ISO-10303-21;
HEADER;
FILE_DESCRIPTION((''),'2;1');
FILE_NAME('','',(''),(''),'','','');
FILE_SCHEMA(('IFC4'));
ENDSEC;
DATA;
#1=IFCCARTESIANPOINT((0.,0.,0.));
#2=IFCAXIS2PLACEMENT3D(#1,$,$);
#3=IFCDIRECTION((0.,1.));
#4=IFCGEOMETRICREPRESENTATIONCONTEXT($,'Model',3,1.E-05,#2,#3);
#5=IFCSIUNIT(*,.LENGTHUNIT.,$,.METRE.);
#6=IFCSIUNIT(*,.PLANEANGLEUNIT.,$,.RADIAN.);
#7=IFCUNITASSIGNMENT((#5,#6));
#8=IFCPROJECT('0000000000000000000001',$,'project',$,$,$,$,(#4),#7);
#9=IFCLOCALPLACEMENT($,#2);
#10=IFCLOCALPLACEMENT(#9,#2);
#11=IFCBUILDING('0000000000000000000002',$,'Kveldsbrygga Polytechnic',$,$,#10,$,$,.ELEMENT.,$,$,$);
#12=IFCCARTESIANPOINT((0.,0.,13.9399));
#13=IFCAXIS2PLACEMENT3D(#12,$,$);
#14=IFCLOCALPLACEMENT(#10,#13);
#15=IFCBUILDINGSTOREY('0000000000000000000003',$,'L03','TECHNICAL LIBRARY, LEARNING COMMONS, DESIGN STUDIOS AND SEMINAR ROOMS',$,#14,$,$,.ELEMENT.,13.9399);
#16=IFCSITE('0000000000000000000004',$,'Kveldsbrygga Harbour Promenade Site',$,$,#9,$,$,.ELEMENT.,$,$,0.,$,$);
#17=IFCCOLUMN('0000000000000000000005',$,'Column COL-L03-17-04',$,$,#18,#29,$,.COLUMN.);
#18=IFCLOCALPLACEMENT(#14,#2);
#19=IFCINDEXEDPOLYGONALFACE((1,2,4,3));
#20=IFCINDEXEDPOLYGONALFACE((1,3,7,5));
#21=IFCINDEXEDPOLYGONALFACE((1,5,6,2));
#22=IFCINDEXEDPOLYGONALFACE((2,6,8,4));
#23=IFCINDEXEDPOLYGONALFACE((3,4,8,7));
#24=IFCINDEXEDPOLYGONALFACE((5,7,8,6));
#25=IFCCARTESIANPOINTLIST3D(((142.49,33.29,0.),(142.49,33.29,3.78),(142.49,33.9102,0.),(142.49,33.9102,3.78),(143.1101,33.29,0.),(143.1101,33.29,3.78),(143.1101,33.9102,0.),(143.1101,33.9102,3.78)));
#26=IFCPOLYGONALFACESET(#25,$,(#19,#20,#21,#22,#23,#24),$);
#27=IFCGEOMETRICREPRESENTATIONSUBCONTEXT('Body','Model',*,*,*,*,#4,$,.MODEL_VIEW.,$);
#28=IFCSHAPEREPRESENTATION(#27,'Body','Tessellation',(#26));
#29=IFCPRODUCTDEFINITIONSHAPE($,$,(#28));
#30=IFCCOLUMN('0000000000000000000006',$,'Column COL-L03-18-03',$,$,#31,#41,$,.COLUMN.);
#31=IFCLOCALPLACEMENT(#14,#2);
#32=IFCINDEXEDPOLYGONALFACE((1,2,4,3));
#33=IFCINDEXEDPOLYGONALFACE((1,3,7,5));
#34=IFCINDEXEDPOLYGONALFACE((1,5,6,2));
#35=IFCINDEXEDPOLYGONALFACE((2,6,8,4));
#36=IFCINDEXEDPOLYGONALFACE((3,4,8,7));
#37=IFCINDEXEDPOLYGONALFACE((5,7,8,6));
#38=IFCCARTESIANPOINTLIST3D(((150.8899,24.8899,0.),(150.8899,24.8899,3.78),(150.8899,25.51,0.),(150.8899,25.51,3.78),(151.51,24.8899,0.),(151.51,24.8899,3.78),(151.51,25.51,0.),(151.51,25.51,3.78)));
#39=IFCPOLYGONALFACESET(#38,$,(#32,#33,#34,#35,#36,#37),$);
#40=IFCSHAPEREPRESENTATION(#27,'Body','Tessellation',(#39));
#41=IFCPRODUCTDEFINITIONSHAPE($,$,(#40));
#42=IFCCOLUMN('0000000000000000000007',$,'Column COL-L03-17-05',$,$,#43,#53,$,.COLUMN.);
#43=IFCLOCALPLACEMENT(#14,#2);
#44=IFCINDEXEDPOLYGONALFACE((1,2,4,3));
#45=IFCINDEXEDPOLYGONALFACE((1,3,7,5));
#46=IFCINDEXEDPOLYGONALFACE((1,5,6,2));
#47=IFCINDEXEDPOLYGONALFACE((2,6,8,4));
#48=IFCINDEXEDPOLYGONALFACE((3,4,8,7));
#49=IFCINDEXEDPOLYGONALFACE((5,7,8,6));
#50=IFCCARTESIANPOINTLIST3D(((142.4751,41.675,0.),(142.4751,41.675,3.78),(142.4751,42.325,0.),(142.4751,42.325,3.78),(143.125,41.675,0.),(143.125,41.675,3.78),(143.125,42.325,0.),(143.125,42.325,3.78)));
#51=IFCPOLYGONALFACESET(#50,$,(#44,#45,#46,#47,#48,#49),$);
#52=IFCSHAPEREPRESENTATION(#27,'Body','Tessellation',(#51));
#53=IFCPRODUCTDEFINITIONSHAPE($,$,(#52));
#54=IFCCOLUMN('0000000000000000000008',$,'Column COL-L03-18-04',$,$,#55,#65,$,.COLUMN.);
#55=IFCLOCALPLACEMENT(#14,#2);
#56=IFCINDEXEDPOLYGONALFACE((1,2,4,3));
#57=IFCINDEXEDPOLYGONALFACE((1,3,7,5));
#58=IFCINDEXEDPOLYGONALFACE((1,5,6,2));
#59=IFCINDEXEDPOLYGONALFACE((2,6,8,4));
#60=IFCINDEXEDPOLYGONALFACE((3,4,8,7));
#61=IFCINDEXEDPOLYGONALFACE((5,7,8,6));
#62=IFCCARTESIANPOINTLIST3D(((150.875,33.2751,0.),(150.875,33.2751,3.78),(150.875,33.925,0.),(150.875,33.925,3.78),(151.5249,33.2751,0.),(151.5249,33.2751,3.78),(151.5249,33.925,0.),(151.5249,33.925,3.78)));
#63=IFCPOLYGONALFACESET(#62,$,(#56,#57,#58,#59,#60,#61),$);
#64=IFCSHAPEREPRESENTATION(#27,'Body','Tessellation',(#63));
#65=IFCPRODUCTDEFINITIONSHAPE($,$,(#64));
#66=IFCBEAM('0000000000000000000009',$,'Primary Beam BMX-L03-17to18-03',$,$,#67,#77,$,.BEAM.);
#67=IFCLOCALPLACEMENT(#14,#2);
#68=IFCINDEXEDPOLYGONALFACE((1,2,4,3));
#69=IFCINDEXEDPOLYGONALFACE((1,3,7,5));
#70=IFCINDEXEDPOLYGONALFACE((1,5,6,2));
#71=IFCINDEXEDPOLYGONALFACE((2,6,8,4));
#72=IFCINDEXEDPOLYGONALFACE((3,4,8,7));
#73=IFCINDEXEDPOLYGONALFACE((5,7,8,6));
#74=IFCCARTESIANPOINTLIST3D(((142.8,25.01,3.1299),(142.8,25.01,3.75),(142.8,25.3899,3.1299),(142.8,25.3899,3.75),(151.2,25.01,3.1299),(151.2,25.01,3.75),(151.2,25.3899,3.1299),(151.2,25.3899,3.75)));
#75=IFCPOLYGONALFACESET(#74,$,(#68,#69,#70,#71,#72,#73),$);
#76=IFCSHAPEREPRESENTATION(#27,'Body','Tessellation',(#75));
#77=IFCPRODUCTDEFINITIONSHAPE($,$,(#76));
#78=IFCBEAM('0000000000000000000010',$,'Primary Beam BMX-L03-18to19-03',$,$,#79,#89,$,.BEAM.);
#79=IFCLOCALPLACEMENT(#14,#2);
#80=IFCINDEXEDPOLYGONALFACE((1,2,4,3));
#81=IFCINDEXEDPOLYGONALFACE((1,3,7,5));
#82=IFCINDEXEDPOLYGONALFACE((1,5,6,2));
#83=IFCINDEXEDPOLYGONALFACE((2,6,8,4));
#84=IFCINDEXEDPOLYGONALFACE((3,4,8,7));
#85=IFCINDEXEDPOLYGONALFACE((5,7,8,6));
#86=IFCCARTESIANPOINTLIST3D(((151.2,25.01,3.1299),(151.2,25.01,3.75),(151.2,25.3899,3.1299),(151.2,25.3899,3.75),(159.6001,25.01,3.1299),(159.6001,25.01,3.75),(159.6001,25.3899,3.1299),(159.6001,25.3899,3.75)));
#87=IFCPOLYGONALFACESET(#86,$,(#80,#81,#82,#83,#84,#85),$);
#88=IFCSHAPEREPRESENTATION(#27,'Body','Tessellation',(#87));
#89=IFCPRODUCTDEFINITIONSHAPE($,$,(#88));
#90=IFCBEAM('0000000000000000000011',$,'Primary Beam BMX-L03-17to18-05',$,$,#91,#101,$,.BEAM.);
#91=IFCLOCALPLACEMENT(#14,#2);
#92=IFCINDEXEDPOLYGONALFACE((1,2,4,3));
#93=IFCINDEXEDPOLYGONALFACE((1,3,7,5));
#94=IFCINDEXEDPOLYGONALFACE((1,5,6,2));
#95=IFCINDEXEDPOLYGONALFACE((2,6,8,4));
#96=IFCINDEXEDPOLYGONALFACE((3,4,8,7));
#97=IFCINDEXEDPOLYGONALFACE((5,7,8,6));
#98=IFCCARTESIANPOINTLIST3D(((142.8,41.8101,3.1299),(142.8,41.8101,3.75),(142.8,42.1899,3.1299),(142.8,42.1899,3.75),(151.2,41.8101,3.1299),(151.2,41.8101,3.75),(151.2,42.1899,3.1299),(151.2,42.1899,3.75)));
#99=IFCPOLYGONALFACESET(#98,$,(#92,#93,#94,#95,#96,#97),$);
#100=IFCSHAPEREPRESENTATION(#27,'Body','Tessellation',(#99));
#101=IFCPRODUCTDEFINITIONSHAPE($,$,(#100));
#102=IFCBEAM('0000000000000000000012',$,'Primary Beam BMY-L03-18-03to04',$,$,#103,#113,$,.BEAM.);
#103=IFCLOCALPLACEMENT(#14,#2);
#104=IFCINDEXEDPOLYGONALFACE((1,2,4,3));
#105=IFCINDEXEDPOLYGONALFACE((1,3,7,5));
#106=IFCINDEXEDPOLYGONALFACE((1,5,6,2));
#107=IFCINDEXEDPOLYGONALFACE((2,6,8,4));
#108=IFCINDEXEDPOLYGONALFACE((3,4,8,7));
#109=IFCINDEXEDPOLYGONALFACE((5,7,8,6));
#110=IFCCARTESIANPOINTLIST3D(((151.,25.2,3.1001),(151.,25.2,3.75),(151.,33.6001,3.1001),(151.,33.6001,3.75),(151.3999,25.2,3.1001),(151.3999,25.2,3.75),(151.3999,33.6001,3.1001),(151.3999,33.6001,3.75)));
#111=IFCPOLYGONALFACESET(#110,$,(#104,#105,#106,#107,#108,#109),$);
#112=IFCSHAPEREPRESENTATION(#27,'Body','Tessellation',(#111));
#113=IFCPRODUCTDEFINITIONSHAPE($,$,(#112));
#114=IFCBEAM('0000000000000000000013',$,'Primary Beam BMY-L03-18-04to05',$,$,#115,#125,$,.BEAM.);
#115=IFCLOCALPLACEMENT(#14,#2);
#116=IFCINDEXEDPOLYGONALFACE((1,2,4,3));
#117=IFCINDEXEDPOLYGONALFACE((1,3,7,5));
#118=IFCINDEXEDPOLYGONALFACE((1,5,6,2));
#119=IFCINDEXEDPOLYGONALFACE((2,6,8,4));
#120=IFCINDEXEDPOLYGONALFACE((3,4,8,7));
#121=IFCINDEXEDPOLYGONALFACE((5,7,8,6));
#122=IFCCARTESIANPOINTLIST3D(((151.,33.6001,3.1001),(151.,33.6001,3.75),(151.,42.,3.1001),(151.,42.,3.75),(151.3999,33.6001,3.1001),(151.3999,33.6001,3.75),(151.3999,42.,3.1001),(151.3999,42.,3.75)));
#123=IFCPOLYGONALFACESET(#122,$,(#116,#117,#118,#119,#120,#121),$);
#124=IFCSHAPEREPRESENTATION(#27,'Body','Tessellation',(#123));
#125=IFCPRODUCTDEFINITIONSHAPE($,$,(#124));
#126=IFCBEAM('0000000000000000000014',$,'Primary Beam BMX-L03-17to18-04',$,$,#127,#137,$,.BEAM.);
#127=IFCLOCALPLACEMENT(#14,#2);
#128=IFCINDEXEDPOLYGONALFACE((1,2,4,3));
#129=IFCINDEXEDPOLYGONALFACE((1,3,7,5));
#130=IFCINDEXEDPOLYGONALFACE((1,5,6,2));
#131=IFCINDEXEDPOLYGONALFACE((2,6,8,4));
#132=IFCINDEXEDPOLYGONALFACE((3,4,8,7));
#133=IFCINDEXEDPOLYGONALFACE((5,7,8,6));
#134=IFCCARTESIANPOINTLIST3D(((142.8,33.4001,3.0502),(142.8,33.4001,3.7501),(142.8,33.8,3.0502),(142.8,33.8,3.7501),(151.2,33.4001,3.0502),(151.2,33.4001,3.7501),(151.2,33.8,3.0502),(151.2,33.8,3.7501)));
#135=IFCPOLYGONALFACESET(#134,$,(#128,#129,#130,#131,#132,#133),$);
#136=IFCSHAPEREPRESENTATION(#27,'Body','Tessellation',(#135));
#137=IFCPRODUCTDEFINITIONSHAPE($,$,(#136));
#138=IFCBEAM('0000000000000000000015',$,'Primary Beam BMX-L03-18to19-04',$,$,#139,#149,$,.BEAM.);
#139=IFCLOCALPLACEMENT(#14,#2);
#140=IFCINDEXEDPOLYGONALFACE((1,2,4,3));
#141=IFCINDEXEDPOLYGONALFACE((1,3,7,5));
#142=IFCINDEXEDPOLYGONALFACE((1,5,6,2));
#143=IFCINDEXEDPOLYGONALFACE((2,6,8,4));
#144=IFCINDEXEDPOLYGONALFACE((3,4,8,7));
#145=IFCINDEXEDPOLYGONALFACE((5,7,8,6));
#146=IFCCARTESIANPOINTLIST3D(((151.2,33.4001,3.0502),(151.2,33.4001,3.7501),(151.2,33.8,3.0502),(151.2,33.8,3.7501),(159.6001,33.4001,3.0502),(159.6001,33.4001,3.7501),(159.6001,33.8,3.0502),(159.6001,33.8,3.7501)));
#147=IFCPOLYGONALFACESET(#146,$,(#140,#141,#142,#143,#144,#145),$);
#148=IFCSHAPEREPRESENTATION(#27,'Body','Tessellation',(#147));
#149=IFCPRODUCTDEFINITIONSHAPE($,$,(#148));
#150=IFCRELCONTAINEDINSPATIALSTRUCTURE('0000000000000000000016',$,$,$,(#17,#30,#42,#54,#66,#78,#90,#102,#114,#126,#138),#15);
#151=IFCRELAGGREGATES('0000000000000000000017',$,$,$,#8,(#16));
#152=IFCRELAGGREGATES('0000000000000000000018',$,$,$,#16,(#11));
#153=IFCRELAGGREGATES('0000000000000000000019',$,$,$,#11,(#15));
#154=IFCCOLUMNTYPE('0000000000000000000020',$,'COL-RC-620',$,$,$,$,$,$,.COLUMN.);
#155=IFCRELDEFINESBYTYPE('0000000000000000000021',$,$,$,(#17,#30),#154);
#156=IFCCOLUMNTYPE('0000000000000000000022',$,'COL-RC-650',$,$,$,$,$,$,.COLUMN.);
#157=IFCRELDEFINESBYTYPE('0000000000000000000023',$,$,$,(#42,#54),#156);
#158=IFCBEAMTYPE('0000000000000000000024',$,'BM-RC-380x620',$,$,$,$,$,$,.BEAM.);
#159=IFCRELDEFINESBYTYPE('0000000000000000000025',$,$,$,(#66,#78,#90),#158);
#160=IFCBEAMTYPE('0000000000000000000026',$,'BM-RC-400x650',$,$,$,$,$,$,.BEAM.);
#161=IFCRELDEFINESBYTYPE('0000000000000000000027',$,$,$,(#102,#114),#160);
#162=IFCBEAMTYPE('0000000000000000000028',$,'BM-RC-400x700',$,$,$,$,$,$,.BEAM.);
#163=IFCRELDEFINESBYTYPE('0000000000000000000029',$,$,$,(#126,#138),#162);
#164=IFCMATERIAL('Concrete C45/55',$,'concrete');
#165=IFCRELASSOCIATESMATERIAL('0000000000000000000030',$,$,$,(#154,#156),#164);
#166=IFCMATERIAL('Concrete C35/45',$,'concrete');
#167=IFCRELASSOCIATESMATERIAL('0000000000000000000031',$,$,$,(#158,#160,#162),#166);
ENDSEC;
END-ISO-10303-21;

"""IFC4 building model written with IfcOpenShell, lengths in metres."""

from ifc_helpers import new_model, si_unit, direction, frame, origin, origin_2d, place, context, subcontext, project, spatial, rectangle, extrude, material, material_profile, profile_set, type_object, element, save


model = new_model("IFC4")

# Units and contexts
model_context = context("Model", 3, precision=1e-05, world=origin(), true_north=direction((0.0, 1.0)))
body_context = subcontext(model_context, "Body", "Model", "MODEL_VIEW")
ifc_project = project(units=[si_unit("LENGTHUNIT", "METRE"), si_unit("PLANEANGLEUNIT", "RADIAN")], contexts=[model_context])

# Site, building, storey
site_placement = place(None, origin())
site = spatial("IfcSite", under=ifc_project, at=site_placement, Name="Kveldsbrygga Harbour Promenade Site", CompositionType="ELEMENT", RefElevation=0.0)
building_placement = place(site_placement, origin())
building = spatial("IfcBuilding", under=site, at=building_placement, Name="Kveldsbrygga Polytechnic", CompositionType="ELEMENT")
storey_placement = place(building_placement, frame((0.0, 0.0, 13.9399)))
storey = spatial("IfcBuildingStorey", under=building, at=storey_placement, Name="L03", Description="TECHNICAL LIBRARY, LEARNING COMMONS, DESIGN STUDIOS AND SEMINAR ROOMS", CompositionType="ELEMENT", Elevation=13.9399)

# Columns
ifc_material_1 = material(Name="Concrete C45/55", Category="concrete")
ifc_material_profile_1 = material_profile(ifc_material_1, rectangle(XDim=0.6201, YDim=0.6201, at=origin_2d()), Name="RC 620x620")
ifc_profile_set_1 = profile_set([ifc_material_profile_1], Name="Concrete C45/55")
column_type_1 = type_object("IfcColumnType", Name="COL-RC-620", PredefinedType="COLUMN", material=ifc_profile_set_1)
for number, where, z_axis, x_axis, name in (
    (1, (142.8, 33.6001, 0.0), (0.0, 0.0, 1.0), (1.0, 0.0, 0.0), "Column COL-L03-17-04"),
    (2, (151.2, 25.2, 0.0), (0.0, 0.0, 1.0), (1.0, 0.0, 0.0), "Column COL-L03-18-03"),
):
    element("IfcColumn", number, at=place(storey_placement, frame(where, z_axis=z_axis, x_axis=x_axis)), inside=storey, type_object=column_type_1, Name=name, PredefinedType="COLUMN", context=body_context, shape_type="SweptSolid", body=[
        extrude(rectangle(XDim=0.6201, YDim=0.6201, at=origin_2d()), origin(), (0.0, 0.0, 1.0), 3.78),
    ])
ifc_material_profile_2 = material_profile(ifc_material_1, rectangle(XDim=0.6499, YDim=0.6499, at=origin_2d()), Name="RC 650x650")
ifc_profile_set_2 = profile_set([ifc_material_profile_2], Name="Concrete C45/55")
column_type_2 = type_object("IfcColumnType", Name="COL-RC-650", PredefinedType="COLUMN", material=ifc_profile_set_2)
for number, where, z_axis, x_axis, name in (
    (3, (142.8, 42.0, 0.0), (0.0, 0.0, 1.0), (1.0, 0.0, 0.0), "Column COL-L03-17-05"),
    (4, (151.2, 33.6001, 0.0), (0.0, 0.0, 1.0), (1.0, 0.0, 0.0), "Column COL-L03-18-04"),
):
    element("IfcColumn", number, at=place(storey_placement, frame(where, z_axis=z_axis, x_axis=x_axis)), inside=storey, type_object=column_type_2, Name=name, PredefinedType="COLUMN", context=body_context, shape_type="SweptSolid", body=[
        extrude(rectangle(XDim=0.6499, YDim=0.6499, at=origin_2d()), origin(), (0.0, 0.0, 1.0), 3.78),
    ])

# Beams
ifc_material_2 = material(Name="Concrete C35/45", Category="concrete")
ifc_material_profile_3 = material_profile(ifc_material_2, rectangle(XDim=0.3799, YDim=0.6201, at=origin_2d()), Name="RC 380x620")
ifc_profile_set_3 = profile_set([ifc_material_profile_3], Name="Concrete C35/45")
beam_type_1 = type_object("IfcBeamType", Name="BM-RC-380x620", PredefinedType="BEAM", material=ifc_profile_set_3)
beam_1_placement = place(storey_placement, frame((142.8, 25.2, 3.4399), z_axis=(1.0, 0.0, 0.0), x_axis=(0.0, 1.0, 0.0)))
element("IfcBeam", 5, at=beam_1_placement, inside=storey, type_object=beam_type_1, Name="Primary Beam BMX-L03-17to18-03", PredefinedType="BEAM", context=body_context, shape_type="SweptSolid", body=[
    extrude(rectangle(XDim=0.3799, YDim=0.6201, at=origin_2d()), origin(), (0.0, 0.0, 1.0), 8.3999),
])
beam_2_placement = place(storey_placement, frame((151.2, 25.2, 3.4399), z_axis=(1.0, 0.0, 0.0), x_axis=(0.0, 1.0, 0.0)))
element("IfcBeam", 6, at=beam_2_placement, inside=storey, type_object=beam_type_1, Name="Primary Beam BMX-L03-18to19-03", PredefinedType="BEAM", context=body_context, shape_type="SweptSolid", body=[
    extrude(rectangle(XDim=0.3799, YDim=0.6201, at=origin_2d()), origin(), (0.0, 0.0, 1.0), 8.4001),
])
beam_3_placement = place(storey_placement, frame((142.8, 42.0, 3.4399), z_axis=(1.0, 0.0, 0.0), x_axis=(0.0, 1.0, 0.0)))
element("IfcBeam", 7, at=beam_3_placement, inside=storey, type_object=beam_type_1, Name="Primary Beam BMX-L03-17to18-05", PredefinedType="BEAM", context=body_context, shape_type="SweptSolid", body=[
    extrude(rectangle(XDim=0.3799, YDim=0.6201, at=origin_2d()), origin(), (0.0, 0.0, 1.0), 8.3999),
])
ifc_material_profile_4 = material_profile(ifc_material_2, rectangle(XDim=0.3999, YDim=0.6499, at=origin_2d()), Name="RC 400x650")
ifc_profile_set_4 = profile_set([ifc_material_profile_4], Name="Concrete C35/45")
beam_type_2 = type_object("IfcBeamType", Name="BM-RC-400x650", PredefinedType="BEAM", material=ifc_profile_set_4)
beam_4_placement = place(storey_placement, frame((151.2, 25.2, 3.425), z_axis=(0.0, 1.0, 0.0), x_axis=(-1.0, 0.0, 0.0)))
element("IfcBeam", 8, at=beam_4_placement, inside=storey, type_object=beam_type_2, Name="Primary Beam BMY-L03-18-03to04", PredefinedType="BEAM", context=body_context, shape_type="SweptSolid", body=[
    extrude(rectangle(XDim=0.3999, YDim=0.6499, at=origin_2d()), origin(), (0.0, 0.0, 1.0), 8.4001),
])
beam_5_placement = place(storey_placement, frame((151.2, 33.6001, 3.425), z_axis=(0.0, 1.0, 0.0), x_axis=(-1.0, 0.0, 0.0)))
element("IfcBeam", 9, at=beam_5_placement, inside=storey, type_object=beam_type_2, Name="Primary Beam BMY-L03-18-04to05", PredefinedType="BEAM", context=body_context, shape_type="SweptSolid", body=[
    extrude(rectangle(XDim=0.3999, YDim=0.6499, at=origin_2d()), origin(), (0.0, 0.0, 1.0), 8.3999),
])
ifc_material_profile_5 = material_profile(ifc_material_2, rectangle(XDim=0.3999, YDim=0.7, at=origin_2d()), Name="RC 400x700")
ifc_profile_set_5 = profile_set([ifc_material_profile_5], Name="Concrete C35/45")
beam_type_3 = type_object("IfcBeamType", Name="BM-RC-400x700", PredefinedType="BEAM", material=ifc_profile_set_5)
beam_6_placement = place(storey_placement, frame((142.8, 33.6001, 3.4001), z_axis=(1.0, 0.0, 0.0), x_axis=(0.0, 1.0, 0.0)))
element("IfcBeam", 10, at=beam_6_placement, inside=storey, type_object=beam_type_3, Name="Primary Beam BMX-L03-17to18-04", PredefinedType="BEAM", context=body_context, shape_type="SweptSolid", body=[
    extrude(rectangle(XDim=0.3999, YDim=0.7, at=origin_2d()), origin(), (0.0, 0.0, 1.0), 8.3999),
])
beam_7_placement = place(storey_placement, frame((151.2, 33.6001, 3.4001), z_axis=(1.0, 0.0, 0.0), x_axis=(0.0, 1.0, 0.0)))
element("IfcBeam", 11, at=beam_7_placement, inside=storey, type_object=beam_type_3, Name="Primary Beam BMX-L03-18to19-04", PredefinedType="BEAM", context=body_context, shape_type="SweptSolid", body=[
    extrude(rectangle(XDim=0.3999, YDim=0.7, at=origin_2d()), origin(), (0.0, 0.0, 1.0), 8.4001),
])

save(model, "model.ifc")
